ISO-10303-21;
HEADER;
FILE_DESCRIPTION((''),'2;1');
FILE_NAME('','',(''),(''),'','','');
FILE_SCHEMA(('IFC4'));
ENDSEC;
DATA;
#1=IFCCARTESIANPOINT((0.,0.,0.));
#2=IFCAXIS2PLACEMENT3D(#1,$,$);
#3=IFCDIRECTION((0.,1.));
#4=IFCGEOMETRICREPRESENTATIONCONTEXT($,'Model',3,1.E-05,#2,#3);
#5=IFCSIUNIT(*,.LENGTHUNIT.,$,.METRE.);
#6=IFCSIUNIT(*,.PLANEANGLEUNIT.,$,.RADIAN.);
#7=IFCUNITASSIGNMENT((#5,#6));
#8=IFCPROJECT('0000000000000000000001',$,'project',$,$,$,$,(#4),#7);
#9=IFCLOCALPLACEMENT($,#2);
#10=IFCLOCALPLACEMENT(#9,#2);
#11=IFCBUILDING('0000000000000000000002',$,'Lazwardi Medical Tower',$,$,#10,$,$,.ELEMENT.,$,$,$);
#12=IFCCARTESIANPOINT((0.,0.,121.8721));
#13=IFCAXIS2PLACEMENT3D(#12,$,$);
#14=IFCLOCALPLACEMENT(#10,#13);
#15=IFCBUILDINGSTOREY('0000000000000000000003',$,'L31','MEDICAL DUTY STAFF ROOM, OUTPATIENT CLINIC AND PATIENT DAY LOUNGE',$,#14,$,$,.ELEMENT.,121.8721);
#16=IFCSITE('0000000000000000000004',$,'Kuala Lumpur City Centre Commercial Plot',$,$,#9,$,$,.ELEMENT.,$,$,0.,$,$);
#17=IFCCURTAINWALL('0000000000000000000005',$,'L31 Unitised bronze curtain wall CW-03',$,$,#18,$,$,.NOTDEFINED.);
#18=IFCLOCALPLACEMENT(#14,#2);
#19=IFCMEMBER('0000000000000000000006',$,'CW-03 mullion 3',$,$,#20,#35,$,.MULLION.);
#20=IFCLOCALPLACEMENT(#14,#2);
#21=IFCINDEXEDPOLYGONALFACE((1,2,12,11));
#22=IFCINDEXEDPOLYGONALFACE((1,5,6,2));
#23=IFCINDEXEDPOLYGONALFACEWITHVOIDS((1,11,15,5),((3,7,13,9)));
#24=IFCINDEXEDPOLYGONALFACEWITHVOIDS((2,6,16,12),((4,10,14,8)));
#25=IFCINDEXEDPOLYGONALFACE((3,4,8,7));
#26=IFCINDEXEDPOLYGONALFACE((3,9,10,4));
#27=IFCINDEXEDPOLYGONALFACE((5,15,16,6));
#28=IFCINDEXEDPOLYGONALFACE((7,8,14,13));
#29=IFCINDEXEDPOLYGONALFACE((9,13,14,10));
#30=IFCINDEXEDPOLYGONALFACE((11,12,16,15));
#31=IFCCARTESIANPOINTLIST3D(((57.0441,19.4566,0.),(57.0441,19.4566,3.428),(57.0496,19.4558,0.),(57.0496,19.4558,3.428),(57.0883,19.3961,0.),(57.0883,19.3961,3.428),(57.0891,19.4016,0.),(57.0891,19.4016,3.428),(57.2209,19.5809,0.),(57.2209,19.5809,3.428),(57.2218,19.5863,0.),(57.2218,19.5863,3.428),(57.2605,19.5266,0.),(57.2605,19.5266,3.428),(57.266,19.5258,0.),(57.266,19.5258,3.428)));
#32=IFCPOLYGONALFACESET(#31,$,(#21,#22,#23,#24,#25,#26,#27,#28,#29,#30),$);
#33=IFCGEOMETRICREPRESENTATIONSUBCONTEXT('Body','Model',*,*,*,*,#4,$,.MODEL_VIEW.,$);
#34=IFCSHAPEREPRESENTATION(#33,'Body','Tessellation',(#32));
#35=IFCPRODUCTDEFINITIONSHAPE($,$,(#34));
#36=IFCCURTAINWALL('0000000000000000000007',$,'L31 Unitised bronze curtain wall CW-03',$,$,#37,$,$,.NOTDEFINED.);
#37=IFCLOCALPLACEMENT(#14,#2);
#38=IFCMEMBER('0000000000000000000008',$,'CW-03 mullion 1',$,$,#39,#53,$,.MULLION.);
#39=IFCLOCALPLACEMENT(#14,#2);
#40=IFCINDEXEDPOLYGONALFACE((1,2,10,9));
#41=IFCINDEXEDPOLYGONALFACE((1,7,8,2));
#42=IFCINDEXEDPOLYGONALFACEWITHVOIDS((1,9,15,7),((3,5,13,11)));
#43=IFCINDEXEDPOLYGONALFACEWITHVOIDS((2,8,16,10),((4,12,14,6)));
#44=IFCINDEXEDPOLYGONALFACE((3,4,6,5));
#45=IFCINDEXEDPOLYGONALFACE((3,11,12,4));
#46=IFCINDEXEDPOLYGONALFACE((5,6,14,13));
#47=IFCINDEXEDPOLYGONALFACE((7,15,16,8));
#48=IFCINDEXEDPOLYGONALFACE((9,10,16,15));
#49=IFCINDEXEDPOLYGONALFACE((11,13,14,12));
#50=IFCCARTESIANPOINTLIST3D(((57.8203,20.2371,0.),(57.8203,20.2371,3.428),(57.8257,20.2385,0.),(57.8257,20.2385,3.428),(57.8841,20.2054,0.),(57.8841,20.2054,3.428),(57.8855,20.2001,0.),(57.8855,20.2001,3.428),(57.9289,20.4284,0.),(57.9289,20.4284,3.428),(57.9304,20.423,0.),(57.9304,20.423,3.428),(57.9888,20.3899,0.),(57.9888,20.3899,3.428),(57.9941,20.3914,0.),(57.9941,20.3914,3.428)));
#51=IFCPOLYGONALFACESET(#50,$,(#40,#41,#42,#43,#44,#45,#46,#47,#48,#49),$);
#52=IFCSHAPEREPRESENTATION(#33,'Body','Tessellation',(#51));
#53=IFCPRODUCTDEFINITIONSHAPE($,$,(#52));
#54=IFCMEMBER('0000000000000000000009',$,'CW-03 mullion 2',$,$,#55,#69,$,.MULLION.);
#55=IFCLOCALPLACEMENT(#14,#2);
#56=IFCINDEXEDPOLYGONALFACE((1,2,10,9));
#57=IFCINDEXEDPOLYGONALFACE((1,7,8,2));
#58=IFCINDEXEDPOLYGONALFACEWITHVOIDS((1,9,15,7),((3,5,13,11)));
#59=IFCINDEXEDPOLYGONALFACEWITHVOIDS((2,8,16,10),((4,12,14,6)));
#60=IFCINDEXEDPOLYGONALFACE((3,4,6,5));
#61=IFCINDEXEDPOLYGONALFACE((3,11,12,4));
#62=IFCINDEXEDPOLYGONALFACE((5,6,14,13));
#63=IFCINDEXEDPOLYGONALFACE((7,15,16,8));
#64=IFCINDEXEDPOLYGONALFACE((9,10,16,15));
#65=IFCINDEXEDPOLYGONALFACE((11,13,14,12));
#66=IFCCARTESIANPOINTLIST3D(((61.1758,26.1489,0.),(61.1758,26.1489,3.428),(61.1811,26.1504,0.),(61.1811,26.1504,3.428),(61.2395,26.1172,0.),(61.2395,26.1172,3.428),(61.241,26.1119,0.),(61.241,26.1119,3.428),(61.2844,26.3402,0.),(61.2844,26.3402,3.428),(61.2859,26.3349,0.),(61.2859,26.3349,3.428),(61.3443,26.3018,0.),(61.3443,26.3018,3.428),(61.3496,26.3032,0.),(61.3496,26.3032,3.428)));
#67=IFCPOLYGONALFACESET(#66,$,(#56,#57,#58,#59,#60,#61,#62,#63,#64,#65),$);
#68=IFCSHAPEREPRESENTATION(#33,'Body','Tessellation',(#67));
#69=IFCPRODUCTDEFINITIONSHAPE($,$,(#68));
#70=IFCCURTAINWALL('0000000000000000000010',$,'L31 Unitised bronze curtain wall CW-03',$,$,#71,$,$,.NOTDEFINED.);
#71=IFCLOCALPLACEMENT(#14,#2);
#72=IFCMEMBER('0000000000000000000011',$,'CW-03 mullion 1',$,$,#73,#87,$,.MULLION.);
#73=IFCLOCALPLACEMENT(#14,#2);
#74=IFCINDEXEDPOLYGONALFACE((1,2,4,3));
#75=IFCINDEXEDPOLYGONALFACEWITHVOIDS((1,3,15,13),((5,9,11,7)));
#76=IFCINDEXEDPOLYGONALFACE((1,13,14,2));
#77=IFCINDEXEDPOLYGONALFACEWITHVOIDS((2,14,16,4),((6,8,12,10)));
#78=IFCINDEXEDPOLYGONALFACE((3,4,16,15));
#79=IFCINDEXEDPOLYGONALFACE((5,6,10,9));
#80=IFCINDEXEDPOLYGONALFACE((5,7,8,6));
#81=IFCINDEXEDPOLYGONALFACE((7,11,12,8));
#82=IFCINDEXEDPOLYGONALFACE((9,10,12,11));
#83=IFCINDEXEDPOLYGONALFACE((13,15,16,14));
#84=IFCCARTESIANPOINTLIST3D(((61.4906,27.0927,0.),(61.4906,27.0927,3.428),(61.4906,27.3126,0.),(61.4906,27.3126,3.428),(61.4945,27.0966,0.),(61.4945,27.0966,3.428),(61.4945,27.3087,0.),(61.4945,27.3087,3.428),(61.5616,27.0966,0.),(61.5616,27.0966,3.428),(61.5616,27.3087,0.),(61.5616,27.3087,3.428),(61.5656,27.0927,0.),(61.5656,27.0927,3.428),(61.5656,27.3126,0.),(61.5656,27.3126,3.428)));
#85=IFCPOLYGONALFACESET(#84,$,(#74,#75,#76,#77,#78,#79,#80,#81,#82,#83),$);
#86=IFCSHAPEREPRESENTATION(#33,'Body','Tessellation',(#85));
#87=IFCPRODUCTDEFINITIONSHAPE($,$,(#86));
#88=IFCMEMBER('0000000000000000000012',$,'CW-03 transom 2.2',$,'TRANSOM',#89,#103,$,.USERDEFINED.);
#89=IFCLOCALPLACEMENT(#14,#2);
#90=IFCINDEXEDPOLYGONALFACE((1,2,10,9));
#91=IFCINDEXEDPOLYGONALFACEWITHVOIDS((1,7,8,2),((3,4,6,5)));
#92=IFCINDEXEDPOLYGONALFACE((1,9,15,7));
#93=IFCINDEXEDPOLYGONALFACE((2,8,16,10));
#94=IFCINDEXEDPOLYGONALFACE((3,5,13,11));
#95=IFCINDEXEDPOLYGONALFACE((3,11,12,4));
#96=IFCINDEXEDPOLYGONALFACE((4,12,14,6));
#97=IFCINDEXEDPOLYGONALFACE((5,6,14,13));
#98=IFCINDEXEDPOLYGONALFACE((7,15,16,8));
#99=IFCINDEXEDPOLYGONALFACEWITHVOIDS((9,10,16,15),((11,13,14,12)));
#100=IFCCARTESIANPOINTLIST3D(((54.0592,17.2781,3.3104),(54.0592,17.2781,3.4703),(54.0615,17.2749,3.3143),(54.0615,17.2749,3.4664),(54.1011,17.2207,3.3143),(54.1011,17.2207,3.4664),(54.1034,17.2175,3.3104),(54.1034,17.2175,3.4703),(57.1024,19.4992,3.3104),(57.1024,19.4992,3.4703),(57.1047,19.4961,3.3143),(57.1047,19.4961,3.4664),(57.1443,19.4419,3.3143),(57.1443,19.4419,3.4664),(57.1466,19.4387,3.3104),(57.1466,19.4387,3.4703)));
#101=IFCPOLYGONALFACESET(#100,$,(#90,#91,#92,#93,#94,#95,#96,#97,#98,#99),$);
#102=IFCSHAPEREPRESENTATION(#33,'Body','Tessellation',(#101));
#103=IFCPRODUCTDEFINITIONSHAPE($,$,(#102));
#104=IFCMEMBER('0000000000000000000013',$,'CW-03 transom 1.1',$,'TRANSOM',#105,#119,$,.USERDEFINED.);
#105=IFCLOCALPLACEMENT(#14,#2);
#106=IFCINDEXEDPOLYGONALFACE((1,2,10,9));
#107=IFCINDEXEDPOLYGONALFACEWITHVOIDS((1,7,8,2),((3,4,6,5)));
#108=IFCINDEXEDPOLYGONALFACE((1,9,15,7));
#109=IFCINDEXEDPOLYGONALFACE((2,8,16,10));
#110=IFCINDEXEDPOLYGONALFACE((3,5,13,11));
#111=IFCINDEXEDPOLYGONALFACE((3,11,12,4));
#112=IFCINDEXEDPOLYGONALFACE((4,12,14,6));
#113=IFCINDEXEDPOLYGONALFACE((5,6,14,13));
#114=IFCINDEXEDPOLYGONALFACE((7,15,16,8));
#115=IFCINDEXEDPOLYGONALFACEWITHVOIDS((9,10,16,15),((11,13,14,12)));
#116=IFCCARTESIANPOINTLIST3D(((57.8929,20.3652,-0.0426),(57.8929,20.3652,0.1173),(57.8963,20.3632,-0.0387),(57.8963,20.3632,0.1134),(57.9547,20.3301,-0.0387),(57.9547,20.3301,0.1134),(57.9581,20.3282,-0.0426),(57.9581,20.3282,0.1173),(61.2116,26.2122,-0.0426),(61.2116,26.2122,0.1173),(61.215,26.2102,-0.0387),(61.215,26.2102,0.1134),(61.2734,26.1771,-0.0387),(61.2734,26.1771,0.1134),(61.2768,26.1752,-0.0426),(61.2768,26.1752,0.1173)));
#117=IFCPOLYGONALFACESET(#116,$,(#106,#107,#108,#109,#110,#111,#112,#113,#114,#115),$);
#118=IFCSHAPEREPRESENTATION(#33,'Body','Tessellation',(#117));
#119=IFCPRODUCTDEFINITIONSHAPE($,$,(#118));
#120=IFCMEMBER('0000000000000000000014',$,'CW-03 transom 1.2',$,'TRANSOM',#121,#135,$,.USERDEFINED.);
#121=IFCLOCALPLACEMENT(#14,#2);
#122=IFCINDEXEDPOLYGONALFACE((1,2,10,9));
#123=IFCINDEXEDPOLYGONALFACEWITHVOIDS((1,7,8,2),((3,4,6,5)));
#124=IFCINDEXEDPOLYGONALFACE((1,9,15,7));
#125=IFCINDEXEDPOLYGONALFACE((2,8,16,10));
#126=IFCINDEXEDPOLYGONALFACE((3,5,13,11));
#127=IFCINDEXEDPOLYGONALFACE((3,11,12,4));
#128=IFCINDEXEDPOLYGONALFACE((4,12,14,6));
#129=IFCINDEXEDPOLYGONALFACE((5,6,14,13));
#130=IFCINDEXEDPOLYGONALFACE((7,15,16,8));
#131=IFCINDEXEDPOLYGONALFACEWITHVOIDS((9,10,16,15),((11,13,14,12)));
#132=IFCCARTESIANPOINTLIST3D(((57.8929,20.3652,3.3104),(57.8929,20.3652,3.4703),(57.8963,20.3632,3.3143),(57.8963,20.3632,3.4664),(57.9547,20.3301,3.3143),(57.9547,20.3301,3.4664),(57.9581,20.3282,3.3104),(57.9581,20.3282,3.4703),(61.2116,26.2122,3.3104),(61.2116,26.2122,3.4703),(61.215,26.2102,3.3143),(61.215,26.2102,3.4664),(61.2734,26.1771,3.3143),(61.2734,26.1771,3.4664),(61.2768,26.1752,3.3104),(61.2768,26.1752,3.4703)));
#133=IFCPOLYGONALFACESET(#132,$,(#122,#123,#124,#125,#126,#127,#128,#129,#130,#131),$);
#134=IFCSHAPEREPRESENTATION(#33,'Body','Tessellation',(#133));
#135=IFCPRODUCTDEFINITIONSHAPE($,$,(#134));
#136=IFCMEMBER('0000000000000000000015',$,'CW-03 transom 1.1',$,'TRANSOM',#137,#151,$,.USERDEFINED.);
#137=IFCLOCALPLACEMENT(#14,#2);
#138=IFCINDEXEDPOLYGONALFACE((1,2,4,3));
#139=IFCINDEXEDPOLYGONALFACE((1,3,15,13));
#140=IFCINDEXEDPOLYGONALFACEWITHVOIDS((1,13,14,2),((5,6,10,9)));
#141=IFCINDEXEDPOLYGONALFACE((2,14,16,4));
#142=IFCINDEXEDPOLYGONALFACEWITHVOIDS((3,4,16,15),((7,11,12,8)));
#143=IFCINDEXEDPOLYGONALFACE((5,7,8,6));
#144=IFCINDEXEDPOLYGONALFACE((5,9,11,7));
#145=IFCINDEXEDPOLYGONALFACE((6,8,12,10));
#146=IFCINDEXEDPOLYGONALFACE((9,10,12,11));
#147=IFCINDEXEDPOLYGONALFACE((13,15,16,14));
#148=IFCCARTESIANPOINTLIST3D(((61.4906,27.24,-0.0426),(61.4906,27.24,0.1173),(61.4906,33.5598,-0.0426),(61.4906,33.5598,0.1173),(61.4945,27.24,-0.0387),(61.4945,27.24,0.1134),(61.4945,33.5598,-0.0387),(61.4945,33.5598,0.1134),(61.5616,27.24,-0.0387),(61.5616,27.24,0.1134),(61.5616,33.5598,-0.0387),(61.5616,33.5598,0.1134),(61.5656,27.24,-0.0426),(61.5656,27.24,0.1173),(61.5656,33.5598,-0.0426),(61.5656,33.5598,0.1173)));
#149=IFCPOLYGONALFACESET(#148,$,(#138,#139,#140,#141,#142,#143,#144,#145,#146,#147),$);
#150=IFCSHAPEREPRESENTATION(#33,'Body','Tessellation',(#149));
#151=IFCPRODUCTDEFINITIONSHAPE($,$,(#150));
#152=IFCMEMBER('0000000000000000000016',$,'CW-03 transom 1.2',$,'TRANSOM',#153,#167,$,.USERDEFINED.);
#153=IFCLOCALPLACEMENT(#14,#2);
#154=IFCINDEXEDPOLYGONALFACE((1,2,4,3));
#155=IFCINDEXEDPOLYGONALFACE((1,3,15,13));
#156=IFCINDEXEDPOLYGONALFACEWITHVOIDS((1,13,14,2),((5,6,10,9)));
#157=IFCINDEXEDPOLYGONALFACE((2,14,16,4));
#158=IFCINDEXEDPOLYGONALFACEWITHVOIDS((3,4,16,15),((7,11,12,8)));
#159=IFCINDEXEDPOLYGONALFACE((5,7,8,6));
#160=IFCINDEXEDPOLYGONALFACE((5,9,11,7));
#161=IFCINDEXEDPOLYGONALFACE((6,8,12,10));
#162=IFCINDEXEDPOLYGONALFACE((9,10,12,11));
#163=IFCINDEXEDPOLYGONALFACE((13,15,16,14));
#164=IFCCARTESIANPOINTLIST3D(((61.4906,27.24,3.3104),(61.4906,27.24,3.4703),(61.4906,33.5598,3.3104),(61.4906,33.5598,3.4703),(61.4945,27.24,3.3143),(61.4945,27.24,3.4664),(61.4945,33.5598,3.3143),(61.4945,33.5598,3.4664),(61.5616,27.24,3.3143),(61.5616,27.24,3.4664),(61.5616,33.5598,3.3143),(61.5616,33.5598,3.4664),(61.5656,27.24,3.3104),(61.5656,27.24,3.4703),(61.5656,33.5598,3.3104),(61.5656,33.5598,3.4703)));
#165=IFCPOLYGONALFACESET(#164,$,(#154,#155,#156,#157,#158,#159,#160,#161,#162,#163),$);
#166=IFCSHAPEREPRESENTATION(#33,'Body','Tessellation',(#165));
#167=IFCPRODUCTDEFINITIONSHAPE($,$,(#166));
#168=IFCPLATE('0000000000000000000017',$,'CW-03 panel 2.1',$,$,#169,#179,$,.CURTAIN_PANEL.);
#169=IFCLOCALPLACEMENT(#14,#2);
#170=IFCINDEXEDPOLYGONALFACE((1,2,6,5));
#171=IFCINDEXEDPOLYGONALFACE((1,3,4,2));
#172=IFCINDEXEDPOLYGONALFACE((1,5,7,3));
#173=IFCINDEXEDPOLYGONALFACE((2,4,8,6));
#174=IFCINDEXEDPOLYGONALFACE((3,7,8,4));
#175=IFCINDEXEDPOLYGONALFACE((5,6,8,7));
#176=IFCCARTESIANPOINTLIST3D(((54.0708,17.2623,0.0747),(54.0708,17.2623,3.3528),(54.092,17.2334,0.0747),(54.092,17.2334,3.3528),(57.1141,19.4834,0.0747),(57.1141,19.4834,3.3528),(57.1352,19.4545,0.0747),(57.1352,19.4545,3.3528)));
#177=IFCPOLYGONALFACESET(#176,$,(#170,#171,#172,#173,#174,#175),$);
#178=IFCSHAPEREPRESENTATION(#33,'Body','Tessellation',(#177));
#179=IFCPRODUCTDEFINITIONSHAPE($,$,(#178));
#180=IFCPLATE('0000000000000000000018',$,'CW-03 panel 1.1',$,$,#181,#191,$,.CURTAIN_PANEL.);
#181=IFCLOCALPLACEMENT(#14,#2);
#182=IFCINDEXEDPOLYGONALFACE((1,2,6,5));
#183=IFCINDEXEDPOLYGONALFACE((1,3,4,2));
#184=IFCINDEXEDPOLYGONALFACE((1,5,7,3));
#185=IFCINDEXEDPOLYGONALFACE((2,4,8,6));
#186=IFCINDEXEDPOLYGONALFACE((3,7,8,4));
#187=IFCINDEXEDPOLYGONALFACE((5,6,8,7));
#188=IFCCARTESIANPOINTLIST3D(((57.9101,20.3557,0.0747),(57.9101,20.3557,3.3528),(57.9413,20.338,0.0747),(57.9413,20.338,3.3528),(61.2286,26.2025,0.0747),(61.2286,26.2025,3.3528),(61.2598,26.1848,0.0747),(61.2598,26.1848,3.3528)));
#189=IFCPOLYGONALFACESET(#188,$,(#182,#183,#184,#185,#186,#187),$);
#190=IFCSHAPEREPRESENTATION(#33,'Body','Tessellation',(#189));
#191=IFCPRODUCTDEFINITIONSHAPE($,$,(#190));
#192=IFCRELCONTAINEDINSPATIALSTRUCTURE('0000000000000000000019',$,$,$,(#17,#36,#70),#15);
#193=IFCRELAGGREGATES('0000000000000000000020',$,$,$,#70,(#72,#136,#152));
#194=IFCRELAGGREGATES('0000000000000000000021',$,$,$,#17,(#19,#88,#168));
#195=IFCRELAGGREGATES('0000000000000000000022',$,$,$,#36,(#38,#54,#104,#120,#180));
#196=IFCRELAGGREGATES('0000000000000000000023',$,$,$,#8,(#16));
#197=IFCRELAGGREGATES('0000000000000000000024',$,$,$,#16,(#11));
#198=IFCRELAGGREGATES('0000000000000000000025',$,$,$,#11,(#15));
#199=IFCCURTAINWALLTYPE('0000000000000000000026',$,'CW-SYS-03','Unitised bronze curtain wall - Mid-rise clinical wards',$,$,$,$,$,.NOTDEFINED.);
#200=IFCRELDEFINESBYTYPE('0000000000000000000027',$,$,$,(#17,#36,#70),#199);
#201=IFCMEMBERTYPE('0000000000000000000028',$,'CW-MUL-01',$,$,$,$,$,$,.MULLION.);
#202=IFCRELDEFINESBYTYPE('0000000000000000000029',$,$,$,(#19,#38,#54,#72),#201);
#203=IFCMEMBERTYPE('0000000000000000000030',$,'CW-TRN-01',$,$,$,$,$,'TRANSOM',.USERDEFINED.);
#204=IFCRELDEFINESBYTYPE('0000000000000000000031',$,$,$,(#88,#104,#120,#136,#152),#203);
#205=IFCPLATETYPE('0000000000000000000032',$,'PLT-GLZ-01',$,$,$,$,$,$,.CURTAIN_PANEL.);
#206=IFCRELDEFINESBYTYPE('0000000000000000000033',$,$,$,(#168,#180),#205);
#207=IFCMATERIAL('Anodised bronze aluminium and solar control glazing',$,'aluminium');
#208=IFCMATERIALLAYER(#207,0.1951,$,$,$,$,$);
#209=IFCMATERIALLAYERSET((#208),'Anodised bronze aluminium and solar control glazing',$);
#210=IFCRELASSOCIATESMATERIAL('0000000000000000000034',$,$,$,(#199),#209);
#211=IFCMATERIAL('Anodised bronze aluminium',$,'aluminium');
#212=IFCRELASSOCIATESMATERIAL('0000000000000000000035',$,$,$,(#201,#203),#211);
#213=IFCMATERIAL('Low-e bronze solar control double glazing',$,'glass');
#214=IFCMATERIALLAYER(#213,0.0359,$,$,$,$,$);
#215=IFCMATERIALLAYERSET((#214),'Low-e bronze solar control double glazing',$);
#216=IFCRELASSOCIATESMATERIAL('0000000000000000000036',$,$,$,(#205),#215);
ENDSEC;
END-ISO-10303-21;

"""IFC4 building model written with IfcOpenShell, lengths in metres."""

from ifc_helpers import new_model, si_unit, direction, frame, origin, origin_2d, place, context, subcontext, project, spatial, rectangle, hollow_rectangle, extrude, material, layer, layer_set, material_profile, profile_set, type_object, element, aggregate, save


model = new_model("IFC4")

# Units and contexts
model_context = context("Model", 3, precision=1e-05, world=origin(), true_north=direction((0.0, 1.0)))
body_context = subcontext(model_context, "Body", "Model", "MODEL_VIEW")
ifc_project = project(units=[si_unit("LENGTHUNIT", "METRE"), si_unit("PLANEANGLEUNIT", "RADIAN")], contexts=[model_context])

# Site, building, storey
site_placement = place(None, origin())
site = spatial("IfcSite", under=ifc_project, at=site_placement, Name="Kuala Lumpur City Centre Commercial Plot", CompositionType="ELEMENT", RefElevation=0.0)
building_placement = place(site_placement, origin())
building = spatial("IfcBuilding", under=site, at=building_placement, Name="Lazwardi Medical Tower", CompositionType="ELEMENT")
storey_placement = place(building_placement, frame((0.0, 0.0, 121.8721)))
storey = spatial("IfcBuildingStorey", under=building, at=storey_placement, Name="L31", Description="MEDICAL DUTY STAFF ROOM, OUTPATIENT CLINIC AND PATIENT DAY LOUNGE", CompositionType="ELEMENT", Elevation=121.8721)

# Curtain wall, member
ifc_material_1 = material(Name="Anodised bronze aluminium and solar control glazing", Category="aluminium")
ifc_layer_1 = layer(ifc_material_1, 0.1951)
ifc_layer_set_1 = layer_set([ifc_layer_1], Name="Anodised bronze aluminium and solar control glazing")
curtain_wall_type = type_object("IfcCurtainWallType", Name="CW-SYS-03", Description="Unitised bronze curtain wall - Mid-rise clinical wards", PredefinedType="NOTDEFINED", material=ifc_layer_set_1)
curtain_wall_1_placement = place(storey_placement, origin())
curtain_wall_1 = element("IfcCurtainWall", 1, at=curtain_wall_1_placement, inside=storey, type_object=curtain_wall_type, Name="L31 Unitised bronze curtain wall CW-03", PredefinedType="NOTDEFINED")
ifc_material_2 = material(Name="Anodised bronze aluminium", Category="aluminium")
ifc_material_profile_1 = material_profile(ifc_material_2, hollow_rectangle(XDim=0.075, YDim=0.22, WallThickness=0.0039, at=origin_2d()), Name="ALU-MULLION 220x75x4")
ifc_profile_set_1 = profile_set([ifc_material_profile_1], Name="Anodised bronze aluminium")
member_type_1 = type_object("IfcMemberType", Name="CW-MUL-01", PredefinedType="MULLION", material=ifc_profile_set_1)
member_1_placement = place(storey_placement, frame((57.155, 19.4912, 0.0), z_axis=(0.0, 0.0, 1.0), x_axis=(-0.589531, 0.807746, 0.0)))
member_1 = element("IfcMember", 2, at=member_1_placement, type_object=member_type_1, Name="CW-03 mullion 3", PredefinedType="MULLION", context=body_context, shape_type="SweptSolid", body=[
    extrude(hollow_rectangle(XDim=0.075, YDim=0.22, WallThickness=0.0039, at=origin_2d()), origin(), (0.0, 0.0, 1.0), 3.428),
])

# Curtain wall, members
curtain_wall_2_placement = place(storey_placement, origin())
curtain_wall_2 = element("IfcCurtainWall", 3, at=curtain_wall_2_placement, inside=storey, type_object=curtain_wall_type, Name="L31 Unitised bronze curtain wall CW-03", PredefinedType="NOTDEFINED")
member_2_placement = place(storey_placement, frame((57.9072, 20.3142, 0.0), z_axis=(0.0, 0.0, 1.0), x_axis=(-0.869687, 0.493603, 0.0)))
member_2 = element("IfcMember", 4, at=member_2_placement, type_object=member_type_1, Name="CW-03 mullion 1", PredefinedType="MULLION", context=body_context, shape_type="SweptSolid", body=[
    extrude(hollow_rectangle(XDim=0.075, YDim=0.22, WallThickness=0.0039, at=origin_2d()), origin(), (0.0, 0.0, 1.0), 3.428),
])
member_3_placement = place(storey_placement, frame((61.2627, 26.2261, 0.0), z_axis=(0.0, 0.0, 1.0), x_axis=(-0.869687, 0.493603, 0.0)))
member_3 = element("IfcMember", 5, at=member_3_placement, type_object=member_type_1, Name="CW-03 mullion 2", PredefinedType="MULLION", context=body_context, shape_type="SweptSolid", body=[
    extrude(hollow_rectangle(XDim=0.075, YDim=0.22, WallThickness=0.0039, at=origin_2d()), origin(), (0.0, 0.0, 1.0), 3.428),
])

# Curtain wall, member
curtain_wall_3_placement = place(storey_placement, origin())
curtain_wall_3 = element("IfcCurtainWall", 6, at=curtain_wall_3_placement, inside=storey, type_object=curtain_wall_type, Name="L31 Unitised bronze curtain wall CW-03", PredefinedType="NOTDEFINED")
member_4_placement = place(storey_placement, frame((61.5281, 27.2026, 0.0), z_axis=(0.0, 0.0, 1.0), x_axis=(-1.0, 0.0, 0.0)))
member_4 = element("IfcMember", 7, at=member_4_placement, type_object=member_type_1, Name="CW-03 mullion 1", PredefinedType="MULLION", context=body_context, shape_type="SweptSolid", body=[
    extrude(hollow_rectangle(XDim=0.075, YDim=0.22, WallThickness=0.0039, at=origin_2d()), origin(), (0.0, 0.0, 1.0), 3.428),
])

# Members
ifc_material_profile_2 = material_profile(ifc_material_2, hollow_rectangle(XDim=0.075, YDim=0.1599, WallThickness=0.0039, at=origin_2d()), Name="ALU-TRANSOM 160x75x4")
ifc_profile_set_2 = profile_set([ifc_material_profile_2], Name="Anodised bronze aluminium")
member_type_2 = type_object("IfcMemberType", Name="CW-TRN-01", ElementType="TRANSOM", PredefinedType="USERDEFINED", material=ifc_profile_set_2)
member_5_placement = place(storey_placement, frame((54.0813, 17.2478, 3.3904), z_axis=(0.807732, 0.58955, 0.0), x_axis=(-0.58955, 0.807732, 0.0)))
member_5 = element("IfcMember", 8, at=member_5_placement, type_object=member_type_2, Name="CW-03 transom 2.2", ObjectType="TRANSOM", PredefinedType="USERDEFINED", context=body_context, shape_type="SweptSolid", body=[
    extrude(hollow_rectangle(XDim=0.075, YDim=0.1599, WallThickness=0.0039, at=origin_2d()), origin(), (0.0, 0.0, 1.0), 3.7676),
])
member_6_placement = place(storey_placement, frame((57.9255, 20.3467, 0.0374), z_axis=(0.493614, 0.869681, 0.0), x_axis=(-0.869681, 0.493614, 0.0)))
member_6 = element("IfcMember", 9, at=member_6_placement, type_object=member_type_2, Name="CW-03 transom 1.1", ObjectType="TRANSOM", PredefinedType="USERDEFINED", context=body_context, shape_type="SweptSolid", body=[
    extrude(hollow_rectangle(XDim=0.075, YDim=0.1599, WallThickness=0.0039, at=origin_2d()), origin(), (0.0, 0.0, 1.0), 6.7231),
])
member_7_placement = place(storey_placement, frame((57.9255, 20.3467, 3.3904), z_axis=(0.493614, 0.869681, 0.0), x_axis=(-0.869681, 0.493614, 0.0)))
member_7 = element("IfcMember", 10, at=member_7_placement, type_object=member_type_2, Name="CW-03 transom 1.2", ObjectType="TRANSOM", PredefinedType="USERDEFINED", context=body_context, shape_type="SweptSolid", body=[
    extrude(hollow_rectangle(XDim=0.075, YDim=0.1599, WallThickness=0.0039, at=origin_2d()), origin(), (0.0, 0.0, 1.0), 6.7231),
])
member_8_placement = place(storey_placement, frame((61.5281, 27.24, 0.0374), z_axis=(0.0, 1.0, 0.0), x_axis=(-1.0, 0.0, 0.0)))
member_8 = element("IfcMember", 11, at=member_8_placement, type_object=member_type_2, Name="CW-03 transom 1.1", ObjectType="TRANSOM", PredefinedType="USERDEFINED", context=body_context, shape_type="SweptSolid", body=[
    extrude(hollow_rectangle(XDim=0.075, YDim=0.1599, WallThickness=0.0039, at=origin_2d()), origin(), (0.0, 0.0, 1.0), 6.3198),
])
member_9_placement = place(storey_placement, frame((61.5281, 27.24, 3.3904), z_axis=(0.0, 1.0, 0.0), x_axis=(-1.0, 0.0, 0.0)))
member_9 = element("IfcMember", 12, at=member_9_placement, type_object=member_type_2, Name="CW-03 transom 1.2", ObjectType="TRANSOM", PredefinedType="USERDEFINED", context=body_context, shape_type="SweptSolid", body=[
    extrude(hollow_rectangle(XDim=0.075, YDim=0.1599, WallThickness=0.0039, at=origin_2d()), origin(), (0.0, 0.0, 1.0), 6.3198),
])
aggregate(curtain_wall_3, [member_4, member_8, member_9])

# Plates
ifc_material_3 = material(Name="Low-e bronze solar control double glazing", Category="glass")
ifc_layer_2 = layer(ifc_material_3, 0.0359)
ifc_layer_set_2 = layer_set([ifc_layer_2], Name="Low-e bronze solar control double glazing")
plate_type = type_object("IfcPlateType", Name="PLT-GLZ-01", PredefinedType="CURTAIN_PANEL", material=ifc_layer_set_2)
plate_1_placement = place(storey_placement, frame((55.603, 18.3584, 0.0747), z_axis=(0.0, 0.0, 1.0), x_axis=(0.807746, 0.589531, 0.0)))
plate_1 = element("IfcPlate", 13, at=plate_1_placement, type_object=plate_type, Name="CW-03 panel 2.1", PredefinedType="CURTAIN_PANEL", context=body_context, shape_type="SweptSolid", body=[
    extrude(rectangle(XDim=3.7676, YDim=0.0359, at=origin_2d()), origin(), (0.0, 0.0, 1.0), 3.2781),
])
aggregate(curtain_wall_1, [member_1, member_5, plate_1])
plate_2_placement = place(storey_placement, frame((59.585, 23.2703, 0.0747), z_axis=(0.0, 0.0, 1.0), x_axis=(0.493603, 0.869687, 0.0)))
plate_2 = element("IfcPlate", 14, at=plate_2_placement, type_object=plate_type, Name="CW-03 panel 1.1", PredefinedType="CURTAIN_PANEL", context=body_context, shape_type="SweptSolid", body=[
    extrude(rectangle(XDim=6.7229, YDim=0.0359, at=origin_2d()), origin(), (0.0, 0.0, 1.0), 3.2781),
])
aggregate(curtain_wall_2, [member_2, member_3, member_6, member_7, plate_2])

save(model, "model.ifc")
